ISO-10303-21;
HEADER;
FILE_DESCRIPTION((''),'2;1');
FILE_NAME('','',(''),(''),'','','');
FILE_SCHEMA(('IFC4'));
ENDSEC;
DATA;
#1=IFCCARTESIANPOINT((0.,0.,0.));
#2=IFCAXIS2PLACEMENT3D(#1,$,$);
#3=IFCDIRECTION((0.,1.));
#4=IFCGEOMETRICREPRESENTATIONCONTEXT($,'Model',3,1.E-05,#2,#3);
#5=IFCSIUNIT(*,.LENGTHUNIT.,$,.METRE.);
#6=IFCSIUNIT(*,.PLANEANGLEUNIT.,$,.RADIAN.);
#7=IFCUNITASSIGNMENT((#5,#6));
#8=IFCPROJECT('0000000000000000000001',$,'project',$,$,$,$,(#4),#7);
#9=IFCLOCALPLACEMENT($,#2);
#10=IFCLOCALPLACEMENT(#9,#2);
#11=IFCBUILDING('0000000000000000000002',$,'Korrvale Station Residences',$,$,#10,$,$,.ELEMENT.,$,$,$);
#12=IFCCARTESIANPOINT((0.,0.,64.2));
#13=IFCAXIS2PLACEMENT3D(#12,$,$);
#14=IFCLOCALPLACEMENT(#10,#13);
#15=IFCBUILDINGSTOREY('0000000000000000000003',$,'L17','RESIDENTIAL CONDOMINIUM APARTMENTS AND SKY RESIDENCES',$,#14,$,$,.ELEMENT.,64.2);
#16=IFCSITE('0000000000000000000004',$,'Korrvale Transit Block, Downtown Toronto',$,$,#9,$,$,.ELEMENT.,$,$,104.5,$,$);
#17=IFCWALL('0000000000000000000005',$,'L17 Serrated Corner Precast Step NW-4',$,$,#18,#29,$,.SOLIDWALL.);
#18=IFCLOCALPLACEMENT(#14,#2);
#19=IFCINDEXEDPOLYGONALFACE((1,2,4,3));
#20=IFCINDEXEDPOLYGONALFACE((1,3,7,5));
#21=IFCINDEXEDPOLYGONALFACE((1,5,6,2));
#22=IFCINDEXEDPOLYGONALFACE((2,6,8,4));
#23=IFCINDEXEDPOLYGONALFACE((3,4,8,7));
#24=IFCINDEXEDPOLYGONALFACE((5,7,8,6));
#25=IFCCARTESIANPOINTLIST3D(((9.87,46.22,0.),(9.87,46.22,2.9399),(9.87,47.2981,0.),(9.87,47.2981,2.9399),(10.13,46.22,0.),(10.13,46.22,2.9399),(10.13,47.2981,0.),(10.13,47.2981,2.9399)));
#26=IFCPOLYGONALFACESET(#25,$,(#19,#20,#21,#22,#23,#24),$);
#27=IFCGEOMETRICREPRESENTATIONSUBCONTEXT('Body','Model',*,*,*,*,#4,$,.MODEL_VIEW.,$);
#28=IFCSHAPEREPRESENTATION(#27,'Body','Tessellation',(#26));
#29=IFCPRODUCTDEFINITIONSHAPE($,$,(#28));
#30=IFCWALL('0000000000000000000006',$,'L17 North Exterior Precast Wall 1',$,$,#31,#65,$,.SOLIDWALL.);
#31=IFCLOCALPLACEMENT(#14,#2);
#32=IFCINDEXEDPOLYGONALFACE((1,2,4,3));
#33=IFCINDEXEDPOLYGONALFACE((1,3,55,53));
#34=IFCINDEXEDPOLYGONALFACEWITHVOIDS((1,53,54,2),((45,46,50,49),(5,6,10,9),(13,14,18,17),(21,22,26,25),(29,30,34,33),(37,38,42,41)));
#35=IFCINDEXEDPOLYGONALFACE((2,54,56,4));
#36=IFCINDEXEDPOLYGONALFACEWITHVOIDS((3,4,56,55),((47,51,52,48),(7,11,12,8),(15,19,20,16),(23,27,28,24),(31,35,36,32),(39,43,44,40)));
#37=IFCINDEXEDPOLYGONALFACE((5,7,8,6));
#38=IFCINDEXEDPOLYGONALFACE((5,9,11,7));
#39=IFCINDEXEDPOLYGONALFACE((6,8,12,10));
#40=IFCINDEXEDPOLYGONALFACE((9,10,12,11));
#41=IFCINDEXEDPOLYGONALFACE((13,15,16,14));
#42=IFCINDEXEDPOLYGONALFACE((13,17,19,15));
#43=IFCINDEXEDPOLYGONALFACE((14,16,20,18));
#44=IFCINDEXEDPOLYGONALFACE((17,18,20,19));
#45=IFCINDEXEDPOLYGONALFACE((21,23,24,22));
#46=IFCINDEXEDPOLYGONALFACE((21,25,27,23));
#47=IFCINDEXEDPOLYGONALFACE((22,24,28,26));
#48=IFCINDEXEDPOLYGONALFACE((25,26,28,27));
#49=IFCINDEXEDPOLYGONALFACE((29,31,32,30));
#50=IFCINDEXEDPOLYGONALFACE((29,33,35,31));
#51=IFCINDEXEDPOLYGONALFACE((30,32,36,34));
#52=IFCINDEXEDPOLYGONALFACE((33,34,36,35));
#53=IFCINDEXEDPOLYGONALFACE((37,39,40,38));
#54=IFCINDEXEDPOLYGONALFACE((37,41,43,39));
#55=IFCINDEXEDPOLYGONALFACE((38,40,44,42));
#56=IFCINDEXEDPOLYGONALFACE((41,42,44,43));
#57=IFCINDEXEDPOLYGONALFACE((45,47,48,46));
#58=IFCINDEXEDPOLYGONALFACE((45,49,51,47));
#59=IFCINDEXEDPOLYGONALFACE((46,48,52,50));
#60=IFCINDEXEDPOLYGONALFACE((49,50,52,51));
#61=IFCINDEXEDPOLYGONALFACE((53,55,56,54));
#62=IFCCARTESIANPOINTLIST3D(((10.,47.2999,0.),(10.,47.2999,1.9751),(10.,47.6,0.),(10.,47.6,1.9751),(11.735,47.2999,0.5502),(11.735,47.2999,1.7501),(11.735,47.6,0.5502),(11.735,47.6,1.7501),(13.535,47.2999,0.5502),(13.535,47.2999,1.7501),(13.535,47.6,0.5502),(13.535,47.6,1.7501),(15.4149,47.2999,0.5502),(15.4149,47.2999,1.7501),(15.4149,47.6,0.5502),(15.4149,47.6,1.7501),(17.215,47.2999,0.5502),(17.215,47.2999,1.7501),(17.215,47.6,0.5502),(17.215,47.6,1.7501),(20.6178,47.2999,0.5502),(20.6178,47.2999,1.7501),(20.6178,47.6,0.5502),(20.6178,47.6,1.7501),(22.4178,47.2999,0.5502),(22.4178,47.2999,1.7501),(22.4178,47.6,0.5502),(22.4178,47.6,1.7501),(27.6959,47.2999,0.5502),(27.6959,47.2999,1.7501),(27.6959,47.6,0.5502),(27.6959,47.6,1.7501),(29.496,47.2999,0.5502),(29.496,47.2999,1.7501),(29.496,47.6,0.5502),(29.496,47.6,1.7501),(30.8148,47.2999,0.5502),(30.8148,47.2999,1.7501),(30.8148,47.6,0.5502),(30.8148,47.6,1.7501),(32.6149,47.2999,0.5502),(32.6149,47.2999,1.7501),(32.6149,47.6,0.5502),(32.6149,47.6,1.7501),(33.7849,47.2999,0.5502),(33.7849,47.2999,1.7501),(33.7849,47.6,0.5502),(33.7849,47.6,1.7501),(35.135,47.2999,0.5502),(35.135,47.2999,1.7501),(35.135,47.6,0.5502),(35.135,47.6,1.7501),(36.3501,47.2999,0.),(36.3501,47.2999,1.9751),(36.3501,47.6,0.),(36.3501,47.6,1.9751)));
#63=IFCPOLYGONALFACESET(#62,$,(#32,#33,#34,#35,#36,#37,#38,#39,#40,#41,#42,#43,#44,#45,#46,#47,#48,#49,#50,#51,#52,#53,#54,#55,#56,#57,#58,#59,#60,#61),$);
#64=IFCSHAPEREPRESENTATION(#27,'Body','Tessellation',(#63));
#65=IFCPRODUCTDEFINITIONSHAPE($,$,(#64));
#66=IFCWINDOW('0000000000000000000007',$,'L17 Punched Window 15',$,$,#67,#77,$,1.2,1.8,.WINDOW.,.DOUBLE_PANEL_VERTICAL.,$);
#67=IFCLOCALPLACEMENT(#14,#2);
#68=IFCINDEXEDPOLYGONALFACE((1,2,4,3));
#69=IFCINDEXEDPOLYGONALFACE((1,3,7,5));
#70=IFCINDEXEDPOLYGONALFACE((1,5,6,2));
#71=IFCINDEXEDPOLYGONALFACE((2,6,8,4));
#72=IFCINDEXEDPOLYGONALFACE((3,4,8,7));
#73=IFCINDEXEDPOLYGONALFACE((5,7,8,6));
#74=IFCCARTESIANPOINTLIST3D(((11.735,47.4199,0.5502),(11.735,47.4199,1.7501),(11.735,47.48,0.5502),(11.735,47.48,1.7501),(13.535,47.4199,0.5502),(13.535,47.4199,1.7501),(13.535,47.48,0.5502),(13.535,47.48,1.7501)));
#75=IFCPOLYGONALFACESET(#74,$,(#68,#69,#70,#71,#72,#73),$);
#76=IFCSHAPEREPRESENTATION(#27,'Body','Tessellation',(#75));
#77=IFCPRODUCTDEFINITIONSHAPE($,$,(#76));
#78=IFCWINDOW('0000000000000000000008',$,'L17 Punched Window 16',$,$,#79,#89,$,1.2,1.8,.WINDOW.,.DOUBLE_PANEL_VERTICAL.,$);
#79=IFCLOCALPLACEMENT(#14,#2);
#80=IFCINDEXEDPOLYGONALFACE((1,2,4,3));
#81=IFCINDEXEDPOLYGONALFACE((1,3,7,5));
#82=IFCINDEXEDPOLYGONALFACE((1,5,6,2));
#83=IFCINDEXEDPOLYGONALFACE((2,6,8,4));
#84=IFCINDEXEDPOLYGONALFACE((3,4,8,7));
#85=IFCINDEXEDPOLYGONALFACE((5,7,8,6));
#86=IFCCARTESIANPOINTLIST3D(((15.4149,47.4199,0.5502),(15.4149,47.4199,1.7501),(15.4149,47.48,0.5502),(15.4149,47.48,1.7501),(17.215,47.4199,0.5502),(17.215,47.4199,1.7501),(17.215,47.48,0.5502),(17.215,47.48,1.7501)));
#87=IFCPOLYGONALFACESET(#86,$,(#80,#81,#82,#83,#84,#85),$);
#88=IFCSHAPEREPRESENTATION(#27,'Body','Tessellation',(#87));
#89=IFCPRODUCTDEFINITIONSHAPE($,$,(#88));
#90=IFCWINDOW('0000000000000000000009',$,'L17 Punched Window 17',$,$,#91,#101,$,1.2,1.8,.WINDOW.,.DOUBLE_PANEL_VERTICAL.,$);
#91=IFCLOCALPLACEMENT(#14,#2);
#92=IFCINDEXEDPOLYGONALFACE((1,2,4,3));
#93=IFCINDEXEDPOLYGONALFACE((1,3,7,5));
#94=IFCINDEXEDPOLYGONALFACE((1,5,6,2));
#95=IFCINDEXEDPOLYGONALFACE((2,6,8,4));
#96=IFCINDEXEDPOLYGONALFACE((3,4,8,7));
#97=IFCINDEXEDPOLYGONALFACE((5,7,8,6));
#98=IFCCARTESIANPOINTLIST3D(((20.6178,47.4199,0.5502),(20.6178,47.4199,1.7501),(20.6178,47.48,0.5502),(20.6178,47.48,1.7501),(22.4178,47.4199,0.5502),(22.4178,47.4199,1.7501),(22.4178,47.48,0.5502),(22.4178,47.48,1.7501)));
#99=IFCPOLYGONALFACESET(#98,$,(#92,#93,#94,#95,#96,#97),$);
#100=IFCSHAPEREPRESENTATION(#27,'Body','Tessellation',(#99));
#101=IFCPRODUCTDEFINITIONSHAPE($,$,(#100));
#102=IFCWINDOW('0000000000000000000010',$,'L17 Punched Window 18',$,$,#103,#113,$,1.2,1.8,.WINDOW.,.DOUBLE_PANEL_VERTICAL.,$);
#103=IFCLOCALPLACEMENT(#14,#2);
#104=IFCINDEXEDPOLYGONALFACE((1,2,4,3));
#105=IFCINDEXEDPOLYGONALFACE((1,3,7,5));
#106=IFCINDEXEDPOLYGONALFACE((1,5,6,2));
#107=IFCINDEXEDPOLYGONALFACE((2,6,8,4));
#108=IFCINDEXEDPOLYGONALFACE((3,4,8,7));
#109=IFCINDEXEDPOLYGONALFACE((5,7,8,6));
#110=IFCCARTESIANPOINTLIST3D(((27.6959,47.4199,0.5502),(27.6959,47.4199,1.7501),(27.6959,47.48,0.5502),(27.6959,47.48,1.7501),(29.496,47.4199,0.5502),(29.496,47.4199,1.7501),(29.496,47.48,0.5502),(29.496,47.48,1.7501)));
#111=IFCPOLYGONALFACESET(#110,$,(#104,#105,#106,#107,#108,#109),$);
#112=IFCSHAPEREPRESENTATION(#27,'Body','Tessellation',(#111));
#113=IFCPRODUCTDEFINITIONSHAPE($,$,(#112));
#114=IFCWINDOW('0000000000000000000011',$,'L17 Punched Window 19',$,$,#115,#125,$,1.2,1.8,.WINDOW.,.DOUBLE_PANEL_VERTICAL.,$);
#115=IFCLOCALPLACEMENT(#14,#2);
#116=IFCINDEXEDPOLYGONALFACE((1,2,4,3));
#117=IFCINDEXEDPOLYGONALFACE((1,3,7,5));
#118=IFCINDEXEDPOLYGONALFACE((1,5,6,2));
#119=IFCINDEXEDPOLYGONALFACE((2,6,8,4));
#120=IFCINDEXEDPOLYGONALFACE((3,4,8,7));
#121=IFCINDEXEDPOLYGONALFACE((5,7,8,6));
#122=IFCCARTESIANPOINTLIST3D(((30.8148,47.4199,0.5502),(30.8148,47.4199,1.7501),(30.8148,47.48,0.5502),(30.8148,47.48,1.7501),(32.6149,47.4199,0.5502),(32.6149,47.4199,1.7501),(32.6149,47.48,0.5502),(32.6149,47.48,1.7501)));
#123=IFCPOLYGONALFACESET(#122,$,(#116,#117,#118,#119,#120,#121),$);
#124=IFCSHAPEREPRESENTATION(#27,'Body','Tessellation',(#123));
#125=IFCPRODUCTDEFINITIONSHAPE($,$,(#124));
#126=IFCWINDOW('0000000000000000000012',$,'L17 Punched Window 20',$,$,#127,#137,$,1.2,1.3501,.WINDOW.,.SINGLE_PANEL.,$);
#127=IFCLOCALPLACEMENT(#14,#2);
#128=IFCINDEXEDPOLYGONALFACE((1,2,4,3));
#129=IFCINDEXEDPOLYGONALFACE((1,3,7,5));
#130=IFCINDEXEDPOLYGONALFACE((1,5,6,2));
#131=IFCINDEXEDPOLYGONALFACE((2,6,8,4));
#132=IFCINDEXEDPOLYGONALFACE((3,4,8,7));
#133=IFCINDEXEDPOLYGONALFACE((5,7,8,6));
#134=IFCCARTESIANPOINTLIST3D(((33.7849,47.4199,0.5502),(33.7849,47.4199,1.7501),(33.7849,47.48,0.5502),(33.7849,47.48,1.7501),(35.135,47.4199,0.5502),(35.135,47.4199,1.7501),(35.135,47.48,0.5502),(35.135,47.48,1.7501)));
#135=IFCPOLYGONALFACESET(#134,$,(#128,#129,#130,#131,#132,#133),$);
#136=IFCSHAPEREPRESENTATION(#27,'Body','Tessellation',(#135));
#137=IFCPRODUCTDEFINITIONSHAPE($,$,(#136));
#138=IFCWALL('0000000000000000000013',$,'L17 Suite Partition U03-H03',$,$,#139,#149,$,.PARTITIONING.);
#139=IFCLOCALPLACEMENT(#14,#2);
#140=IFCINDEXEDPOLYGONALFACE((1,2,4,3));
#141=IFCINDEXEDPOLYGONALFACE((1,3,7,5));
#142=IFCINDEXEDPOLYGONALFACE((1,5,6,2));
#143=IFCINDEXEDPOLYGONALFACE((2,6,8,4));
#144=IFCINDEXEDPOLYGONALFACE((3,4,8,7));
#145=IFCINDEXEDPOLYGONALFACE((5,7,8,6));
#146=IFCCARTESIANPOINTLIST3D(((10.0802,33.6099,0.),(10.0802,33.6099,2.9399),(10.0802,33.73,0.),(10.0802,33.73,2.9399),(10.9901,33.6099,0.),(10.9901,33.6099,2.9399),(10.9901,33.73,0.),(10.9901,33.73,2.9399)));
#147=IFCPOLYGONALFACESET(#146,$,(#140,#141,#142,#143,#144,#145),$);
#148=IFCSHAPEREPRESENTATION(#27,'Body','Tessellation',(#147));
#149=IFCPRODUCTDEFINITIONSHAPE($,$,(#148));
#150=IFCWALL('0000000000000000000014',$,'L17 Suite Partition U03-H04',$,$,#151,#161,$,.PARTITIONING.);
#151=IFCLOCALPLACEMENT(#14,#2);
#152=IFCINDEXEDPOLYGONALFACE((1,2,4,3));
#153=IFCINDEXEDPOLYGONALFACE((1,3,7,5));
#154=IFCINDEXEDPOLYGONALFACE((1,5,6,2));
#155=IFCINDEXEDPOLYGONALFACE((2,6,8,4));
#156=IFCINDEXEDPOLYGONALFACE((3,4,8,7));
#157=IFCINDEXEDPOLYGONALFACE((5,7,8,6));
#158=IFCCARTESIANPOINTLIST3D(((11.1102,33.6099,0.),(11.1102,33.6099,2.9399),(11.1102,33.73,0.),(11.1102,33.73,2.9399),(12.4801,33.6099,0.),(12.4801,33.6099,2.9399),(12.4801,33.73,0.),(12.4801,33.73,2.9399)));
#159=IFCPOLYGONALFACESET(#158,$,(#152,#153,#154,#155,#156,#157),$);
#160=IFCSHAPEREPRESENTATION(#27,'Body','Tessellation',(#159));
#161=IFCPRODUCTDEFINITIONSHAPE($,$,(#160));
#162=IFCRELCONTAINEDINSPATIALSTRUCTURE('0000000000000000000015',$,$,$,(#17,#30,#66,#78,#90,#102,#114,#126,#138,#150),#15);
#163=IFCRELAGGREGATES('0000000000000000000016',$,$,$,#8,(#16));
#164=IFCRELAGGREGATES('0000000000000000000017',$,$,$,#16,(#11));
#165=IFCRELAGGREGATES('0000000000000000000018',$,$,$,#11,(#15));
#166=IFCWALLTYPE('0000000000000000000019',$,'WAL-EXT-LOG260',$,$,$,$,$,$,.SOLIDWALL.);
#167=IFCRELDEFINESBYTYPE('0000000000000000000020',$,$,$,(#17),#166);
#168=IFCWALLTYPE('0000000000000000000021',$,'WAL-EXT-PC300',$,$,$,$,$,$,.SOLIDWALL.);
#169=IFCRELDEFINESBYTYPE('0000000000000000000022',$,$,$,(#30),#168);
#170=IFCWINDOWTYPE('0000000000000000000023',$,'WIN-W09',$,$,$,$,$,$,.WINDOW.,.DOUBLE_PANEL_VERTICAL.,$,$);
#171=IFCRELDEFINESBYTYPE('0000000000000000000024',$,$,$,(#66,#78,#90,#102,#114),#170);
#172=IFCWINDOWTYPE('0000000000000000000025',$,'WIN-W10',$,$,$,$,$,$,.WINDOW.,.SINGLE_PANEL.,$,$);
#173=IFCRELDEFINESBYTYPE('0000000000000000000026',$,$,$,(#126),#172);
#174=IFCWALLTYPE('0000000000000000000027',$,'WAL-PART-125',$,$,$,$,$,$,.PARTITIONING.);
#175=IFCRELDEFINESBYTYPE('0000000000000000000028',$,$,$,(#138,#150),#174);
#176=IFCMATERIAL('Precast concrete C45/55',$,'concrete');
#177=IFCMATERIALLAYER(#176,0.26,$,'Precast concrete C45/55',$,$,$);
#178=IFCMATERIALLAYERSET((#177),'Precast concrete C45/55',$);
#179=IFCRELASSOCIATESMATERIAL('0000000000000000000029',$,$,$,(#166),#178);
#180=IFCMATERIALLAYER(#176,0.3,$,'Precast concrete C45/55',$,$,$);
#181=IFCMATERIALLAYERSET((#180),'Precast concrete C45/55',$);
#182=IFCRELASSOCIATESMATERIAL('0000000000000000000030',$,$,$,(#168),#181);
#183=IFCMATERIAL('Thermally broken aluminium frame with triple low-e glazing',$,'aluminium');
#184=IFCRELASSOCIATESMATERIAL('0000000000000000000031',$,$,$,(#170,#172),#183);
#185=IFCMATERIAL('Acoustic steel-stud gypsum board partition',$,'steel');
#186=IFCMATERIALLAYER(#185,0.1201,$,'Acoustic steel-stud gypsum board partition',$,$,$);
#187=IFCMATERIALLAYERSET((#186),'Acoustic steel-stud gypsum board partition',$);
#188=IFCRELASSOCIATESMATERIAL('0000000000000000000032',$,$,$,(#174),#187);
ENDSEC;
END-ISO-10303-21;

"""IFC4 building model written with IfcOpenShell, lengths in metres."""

from ifc_helpers import new_model, si_unit, direction, frame, frame_2d, origin, place, context, subcontext, project, spatial, rectangle, extrude, material, layer, layer_set, type_object, element, fill, save


model = new_model("IFC4")

# Units and contexts
model_context = context("Model", 3, precision=1e-05, world=origin(), true_north=direction((0.0, 1.0)))
body_context = subcontext(model_context, "Body", "Model", "MODEL_VIEW")
ifc_project = project(units=[si_unit("LENGTHUNIT", "METRE"), si_unit("PLANEANGLEUNIT", "RADIAN")], contexts=[model_context])

# Site, building, storey
site_placement = place(None, origin())
site = spatial("IfcSite", under=ifc_project, at=site_placement, Name="Korrvale Transit Block, Downtown Toronto", CompositionType="ELEMENT", RefElevation=104.5)
building_placement = place(site_placement, origin())
building = spatial("IfcBuilding", under=site, at=building_placement, Name="Korrvale Station Residences", CompositionType="ELEMENT")
storey_placement = place(building_placement, frame((0.0, 0.0, 64.2)))
storey = spatial("IfcBuildingStorey", under=building, at=storey_placement, Name="L17", Description="RESIDENTIAL CONDOMINIUM APARTMENTS AND SKY RESIDENCES", CompositionType="ELEMENT", Elevation=64.2)

# Wall
ifc_material_1 = material(Name="Precast concrete C45/55", Category="concrete")
ifc_layer_1 = layer(ifc_material_1, 0.26, Name="Precast concrete C45/55")
ifc_layer_set_1 = layer_set([ifc_layer_1], Name="Precast concrete C45/55")
wall_type_1 = type_object("IfcWallType", Name="WAL-EXT-LOG260", PredefinedType="SOLIDWALL", material=ifc_layer_set_1)
wall_1_placement = place(storey_placement, frame((10.0, 46.22, 0.0), z_axis=(0.0, 0.0, 1.0), x_axis=(0.0, 1.0, 0.0)))
element("IfcWall", 1, at=wall_1_placement, inside=storey, type_object=wall_type_1, Name="L17 Serrated Corner Precast Step NW-4", PredefinedType="SOLIDWALL", context=body_context, shape_type="SweptSolid", body=[
    extrude(rectangle(XDim=1.0781, YDim=0.26, at=frame_2d((0.5391, 0.0))), origin(), (0.0, 0.0, 1.0), 2.9399),
])

# Wall, openings, windows
ifc_layer_2 = layer(ifc_material_1, 0.3, Name="Precast concrete C45/55")
ifc_layer_set_2 = layer_set([ifc_layer_2], Name="Precast concrete C45/55")
wall_type_2 = type_object("IfcWallType", Name="WAL-EXT-PC300", PredefinedType="SOLIDWALL", material=ifc_layer_set_2)
wall_2_placement = place(storey_placement, frame((10.0, 47.45, 0.0), z_axis=(0.0, 0.0, 1.0), x_axis=(1.0, 0.0, 0.0)))
wall_2 = element("IfcWall", 2, at=wall_2_placement, inside=storey, type_object=wall_type_2, Name="L17 North Exterior Precast Wall 1", PredefinedType="SOLIDWALL", context=body_context, shape_type="SweptSolid", body=[
    extrude(rectangle(XDim=26.3501, YDim=0.3, at=frame_2d((13.175, 0.0))), origin(), (0.0, 0.0, 1.0), 1.9751),
])
opening_1_placement = place(wall_2_placement, frame((1.7351, 0.0, 0.55)))
opening_1 = element("IfcOpeningElement", 3, at=opening_1_placement, cuts=wall_2, PredefinedType="OPENING", context=body_context, shape_type="SweptSolid", body=[
    extrude(rectangle(XDim=1.8, YDim=1.2, at=frame_2d((0.8999, 0.6001))), frame((0.0, 0.1602, 0.0), z_axis=(0.0, -1.0, 0.0), x_axis=(1.0, 0.0, 0.0)), (0.0, 0.0, 1.0), 0.3201),
])
opening_2_placement = place(wall_2_placement, frame((5.415, 0.0, 0.55)))
opening_2 = element("IfcOpeningElement", 4, at=opening_2_placement, cuts=wall_2, PredefinedType="OPENING", context=body_context, shape_type="SweptSolid", body=[
    extrude(rectangle(XDim=1.8, YDim=1.2, at=frame_2d((0.8999, 0.6001))), frame((0.0, 0.1602, 0.0), z_axis=(0.0, -1.0, 0.0), x_axis=(1.0, 0.0, 0.0)), (0.0, 0.0, 1.0), 0.3201),
])
opening_3_placement = place(wall_2_placement, frame((10.6179, 0.0, 0.55)))
opening_3 = element("IfcOpeningElement", 5, at=opening_3_placement, cuts=wall_2, PredefinedType="OPENING", context=body_context, shape_type="SweptSolid", body=[
    extrude(rectangle(XDim=1.8, YDim=1.2, at=frame_2d((0.8999, 0.6001))), frame((0.0, 0.1602, 0.0), z_axis=(0.0, -1.0, 0.0), x_axis=(1.0, 0.0, 0.0)), (0.0, 0.0, 1.0), 0.3201),
])
opening_4_placement = place(wall_2_placement, frame((17.696, 0.0, 0.55)))
opening_4 = element("IfcOpeningElement", 6, at=opening_4_placement, cuts=wall_2, PredefinedType="OPENING", context=body_context, shape_type="SweptSolid", body=[
    extrude(rectangle(XDim=1.8, YDim=1.2, at=frame_2d((0.8999, 0.6001))), frame((0.0, 0.1602, 0.0), z_axis=(0.0, -1.0, 0.0), x_axis=(1.0, 0.0, 0.0)), (0.0, 0.0, 1.0), 0.3201),
])
opening_5_placement = place(wall_2_placement, frame((20.8149, 0.0, 0.55)))
opening_5 = element("IfcOpeningElement", 7, at=opening_5_placement, cuts=wall_2, PredefinedType="OPENING", context=body_context, shape_type="SweptSolid", body=[
    extrude(rectangle(XDim=1.8, YDim=1.2, at=frame_2d((0.8999, 0.6001))), frame((0.0, 0.1602, 0.0), z_axis=(0.0, -1.0, 0.0), x_axis=(1.0, 0.0, 0.0)), (0.0, 0.0, 1.0), 0.3201),
])
opening_6_placement = place(wall_2_placement, frame((23.7849, 0.0, 0.55)))
opening_6 = element("IfcOpeningElement", 8, at=opening_6_placement, cuts=wall_2, PredefinedType="OPENING", context=body_context, shape_type="SweptSolid", body=[
    extrude(rectangle(XDim=1.3501, YDim=1.2, at=frame_2d((0.675, 0.6001))), frame((0.0, 0.1602, 0.0), z_axis=(0.0, -1.0, 0.0), x_axis=(1.0, 0.0, 0.0)), (0.0, 0.0, 1.0), 0.3201),
])
ifc_material_2 = material(Name="Thermally broken aluminium frame with triple low-e glazing", Category="aluminium")
window_type_1 = type_object("IfcWindowType", Name="WIN-W09", PartitioningType="DOUBLE_PANEL_VERTICAL", PredefinedType="WINDOW", material=ifc_material_2)
window_1_placement = place(opening_1_placement, origin())
window_1 = element("IfcWindow", 9, at=window_1_placement, inside=storey, type_object=window_type_1, Name="L17 Punched Window 15", OverallHeight=1.2, OverallWidth=1.8, PartitioningType="DOUBLE_PANEL_VERTICAL", PredefinedType="WINDOW", context=body_context, shape_type="SweptSolid", body=[
    extrude(rectangle(XDim=1.8, YDim=1.2, at=frame_2d((0.8999, 0.6001))), frame((0.0, 0.03, 0.0), z_axis=(0.0, -1.0, 0.0), x_axis=(1.0, 0.0, 0.0)), (0.0, 0.0, 1.0), 0.0601),
])
fill(opening_1, window_1)
window_2_placement = place(opening_2_placement, origin())
window_2 = element("IfcWindow", 10, at=window_2_placement, inside=storey, type_object=window_type_1, Name="L17 Punched Window 16", OverallHeight=1.2, OverallWidth=1.8, PartitioningType="DOUBLE_PANEL_VERTICAL", PredefinedType="WINDOW", context=body_context, shape_type="SweptSolid", body=[
    extrude(rectangle(XDim=1.8, YDim=1.2, at=frame_2d((0.8999, 0.6001))), frame((0.0, 0.03, 0.0), z_axis=(0.0, -1.0, 0.0), x_axis=(1.0, 0.0, 0.0)), (0.0, 0.0, 1.0), 0.0601),
])
fill(opening_2, window_2)
window_3_placement = place(opening_3_placement, origin())
window_3 = element("IfcWindow", 11, at=window_3_placement, inside=storey, type_object=window_type_1, Name="L17 Punched Window 17", OverallHeight=1.2, OverallWidth=1.8, PartitioningType="DOUBLE_PANEL_VERTICAL", PredefinedType="WINDOW", context=body_context, shape_type="SweptSolid", body=[
    extrude(rectangle(XDim=1.8, YDim=1.2, at=frame_2d((0.8999, 0.6001))), frame((0.0, 0.03, 0.0), z_axis=(0.0, -1.0, 0.0), x_axis=(1.0, 0.0, 0.0)), (0.0, 0.0, 1.0), 0.0601),
])
fill(opening_3, window_3)
window_4_placement = place(opening_4_placement, origin())
window_4 = element("IfcWindow", 12, at=window_4_placement, inside=storey, type_object=window_type_1, Name="L17 Punched Window 18", OverallHeight=1.2, OverallWidth=1.8, PartitioningType="DOUBLE_PANEL_VERTICAL", PredefinedType="WINDOW", context=body_context, shape_type="SweptSolid", body=[
    extrude(rectangle(XDim=1.8, YDim=1.2, at=frame_2d((0.8999, 0.6001))), frame((0.0, 0.03, 0.0), z_axis=(0.0, -1.0, 0.0), x_axis=(1.0, 0.0, 0.0)), (0.0, 0.0, 1.0), 0.0601),
])
fill(opening_4, window_4)
window_5_placement = place(opening_5_placement, origin())
window_5 = element("IfcWindow", 13, at=window_5_placement, inside=storey, type_object=window_type_1, Name="L17 Punched Window 19", OverallHeight=1.2, OverallWidth=1.8, PartitioningType="DOUBLE_PANEL_VERTICAL", PredefinedType="WINDOW", context=body_context, shape_type="SweptSolid", body=[
    extrude(rectangle(XDim=1.8, YDim=1.2, at=frame_2d((0.8999, 0.6001))), frame((0.0, 0.03, 0.0), z_axis=(0.0, -1.0, 0.0), x_axis=(1.0, 0.0, 0.0)), (0.0, 0.0, 1.0), 0.0601),
])
fill(opening_5, window_5)
window_type_2 = type_object("IfcWindowType", Name="WIN-W10", PartitioningType="SINGLE_PANEL", PredefinedType="WINDOW", material=ifc_material_2)
window_6_placement = place(opening_6_placement, origin())
window_6 = element("IfcWindow", 14, at=window_6_placement, inside=storey, type_object=window_type_2, Name="L17 Punched Window 20", OverallHeight=1.2, OverallWidth=1.3501, PartitioningType="SINGLE_PANEL", PredefinedType="WINDOW", context=body_context, shape_type="SweptSolid", body=[
    extrude(rectangle(XDim=1.3501, YDim=1.2, at=frame_2d((0.675, 0.6001))), frame((0.0, 0.03, 0.0), z_axis=(0.0, -1.0, 0.0), x_axis=(1.0, 0.0, 0.0)), (0.0, 0.0, 1.0), 0.0601),
])
fill(opening_6, window_6)

# Walls
ifc_material_3 = material(Name="Acoustic steel-stud gypsum board partition", Category="steel")
ifc_layer_3 = layer(ifc_material_3, 0.1201, Name="Acoustic steel-stud gypsum board partition")
ifc_layer_set_3 = layer_set([ifc_layer_3], Name="Acoustic steel-stud gypsum board partition")
wall_type_3 = type_object("IfcWallType", Name="WAL-PART-125", PredefinedType="PARTITIONING", material=ifc_layer_set_3)
wall_3_placement = place(storey_placement, frame((10.0801, 33.6699, 0.0), z_axis=(0.0, 0.0, 1.0), x_axis=(1.0, 0.0, 0.0)))
element("IfcWall", 15, at=wall_3_placement, inside=storey, type_object=wall_type_3, Name="L17 Suite Partition U03-H03", PredefinedType="PARTITIONING", context=body_context, shape_type="SweptSolid", body=[
    extrude(rectangle(XDim=0.9099, YDim=0.1201, at=frame_2d((0.4551, 0.0))), origin(), (0.0, 0.0, 1.0), 2.9399),
])
wall_4_placement = place(storey_placement, frame((11.1101, 33.6699, 0.0), z_axis=(0.0, 0.0, 1.0), x_axis=(1.0, 0.0, 0.0)))
element("IfcWall", 16, at=wall_4_placement, inside=storey, type_object=wall_type_3, Name="L17 Suite Partition U03-H04", PredefinedType="PARTITIONING", context=body_context, shape_type="SweptSolid", body=[
    extrude(rectangle(XDim=1.3699, YDim=0.1201, at=frame_2d((0.6851, 0.0))), origin(), (0.0, 0.0, 1.0), 2.9399),
])

save(model, "model.ifc")
